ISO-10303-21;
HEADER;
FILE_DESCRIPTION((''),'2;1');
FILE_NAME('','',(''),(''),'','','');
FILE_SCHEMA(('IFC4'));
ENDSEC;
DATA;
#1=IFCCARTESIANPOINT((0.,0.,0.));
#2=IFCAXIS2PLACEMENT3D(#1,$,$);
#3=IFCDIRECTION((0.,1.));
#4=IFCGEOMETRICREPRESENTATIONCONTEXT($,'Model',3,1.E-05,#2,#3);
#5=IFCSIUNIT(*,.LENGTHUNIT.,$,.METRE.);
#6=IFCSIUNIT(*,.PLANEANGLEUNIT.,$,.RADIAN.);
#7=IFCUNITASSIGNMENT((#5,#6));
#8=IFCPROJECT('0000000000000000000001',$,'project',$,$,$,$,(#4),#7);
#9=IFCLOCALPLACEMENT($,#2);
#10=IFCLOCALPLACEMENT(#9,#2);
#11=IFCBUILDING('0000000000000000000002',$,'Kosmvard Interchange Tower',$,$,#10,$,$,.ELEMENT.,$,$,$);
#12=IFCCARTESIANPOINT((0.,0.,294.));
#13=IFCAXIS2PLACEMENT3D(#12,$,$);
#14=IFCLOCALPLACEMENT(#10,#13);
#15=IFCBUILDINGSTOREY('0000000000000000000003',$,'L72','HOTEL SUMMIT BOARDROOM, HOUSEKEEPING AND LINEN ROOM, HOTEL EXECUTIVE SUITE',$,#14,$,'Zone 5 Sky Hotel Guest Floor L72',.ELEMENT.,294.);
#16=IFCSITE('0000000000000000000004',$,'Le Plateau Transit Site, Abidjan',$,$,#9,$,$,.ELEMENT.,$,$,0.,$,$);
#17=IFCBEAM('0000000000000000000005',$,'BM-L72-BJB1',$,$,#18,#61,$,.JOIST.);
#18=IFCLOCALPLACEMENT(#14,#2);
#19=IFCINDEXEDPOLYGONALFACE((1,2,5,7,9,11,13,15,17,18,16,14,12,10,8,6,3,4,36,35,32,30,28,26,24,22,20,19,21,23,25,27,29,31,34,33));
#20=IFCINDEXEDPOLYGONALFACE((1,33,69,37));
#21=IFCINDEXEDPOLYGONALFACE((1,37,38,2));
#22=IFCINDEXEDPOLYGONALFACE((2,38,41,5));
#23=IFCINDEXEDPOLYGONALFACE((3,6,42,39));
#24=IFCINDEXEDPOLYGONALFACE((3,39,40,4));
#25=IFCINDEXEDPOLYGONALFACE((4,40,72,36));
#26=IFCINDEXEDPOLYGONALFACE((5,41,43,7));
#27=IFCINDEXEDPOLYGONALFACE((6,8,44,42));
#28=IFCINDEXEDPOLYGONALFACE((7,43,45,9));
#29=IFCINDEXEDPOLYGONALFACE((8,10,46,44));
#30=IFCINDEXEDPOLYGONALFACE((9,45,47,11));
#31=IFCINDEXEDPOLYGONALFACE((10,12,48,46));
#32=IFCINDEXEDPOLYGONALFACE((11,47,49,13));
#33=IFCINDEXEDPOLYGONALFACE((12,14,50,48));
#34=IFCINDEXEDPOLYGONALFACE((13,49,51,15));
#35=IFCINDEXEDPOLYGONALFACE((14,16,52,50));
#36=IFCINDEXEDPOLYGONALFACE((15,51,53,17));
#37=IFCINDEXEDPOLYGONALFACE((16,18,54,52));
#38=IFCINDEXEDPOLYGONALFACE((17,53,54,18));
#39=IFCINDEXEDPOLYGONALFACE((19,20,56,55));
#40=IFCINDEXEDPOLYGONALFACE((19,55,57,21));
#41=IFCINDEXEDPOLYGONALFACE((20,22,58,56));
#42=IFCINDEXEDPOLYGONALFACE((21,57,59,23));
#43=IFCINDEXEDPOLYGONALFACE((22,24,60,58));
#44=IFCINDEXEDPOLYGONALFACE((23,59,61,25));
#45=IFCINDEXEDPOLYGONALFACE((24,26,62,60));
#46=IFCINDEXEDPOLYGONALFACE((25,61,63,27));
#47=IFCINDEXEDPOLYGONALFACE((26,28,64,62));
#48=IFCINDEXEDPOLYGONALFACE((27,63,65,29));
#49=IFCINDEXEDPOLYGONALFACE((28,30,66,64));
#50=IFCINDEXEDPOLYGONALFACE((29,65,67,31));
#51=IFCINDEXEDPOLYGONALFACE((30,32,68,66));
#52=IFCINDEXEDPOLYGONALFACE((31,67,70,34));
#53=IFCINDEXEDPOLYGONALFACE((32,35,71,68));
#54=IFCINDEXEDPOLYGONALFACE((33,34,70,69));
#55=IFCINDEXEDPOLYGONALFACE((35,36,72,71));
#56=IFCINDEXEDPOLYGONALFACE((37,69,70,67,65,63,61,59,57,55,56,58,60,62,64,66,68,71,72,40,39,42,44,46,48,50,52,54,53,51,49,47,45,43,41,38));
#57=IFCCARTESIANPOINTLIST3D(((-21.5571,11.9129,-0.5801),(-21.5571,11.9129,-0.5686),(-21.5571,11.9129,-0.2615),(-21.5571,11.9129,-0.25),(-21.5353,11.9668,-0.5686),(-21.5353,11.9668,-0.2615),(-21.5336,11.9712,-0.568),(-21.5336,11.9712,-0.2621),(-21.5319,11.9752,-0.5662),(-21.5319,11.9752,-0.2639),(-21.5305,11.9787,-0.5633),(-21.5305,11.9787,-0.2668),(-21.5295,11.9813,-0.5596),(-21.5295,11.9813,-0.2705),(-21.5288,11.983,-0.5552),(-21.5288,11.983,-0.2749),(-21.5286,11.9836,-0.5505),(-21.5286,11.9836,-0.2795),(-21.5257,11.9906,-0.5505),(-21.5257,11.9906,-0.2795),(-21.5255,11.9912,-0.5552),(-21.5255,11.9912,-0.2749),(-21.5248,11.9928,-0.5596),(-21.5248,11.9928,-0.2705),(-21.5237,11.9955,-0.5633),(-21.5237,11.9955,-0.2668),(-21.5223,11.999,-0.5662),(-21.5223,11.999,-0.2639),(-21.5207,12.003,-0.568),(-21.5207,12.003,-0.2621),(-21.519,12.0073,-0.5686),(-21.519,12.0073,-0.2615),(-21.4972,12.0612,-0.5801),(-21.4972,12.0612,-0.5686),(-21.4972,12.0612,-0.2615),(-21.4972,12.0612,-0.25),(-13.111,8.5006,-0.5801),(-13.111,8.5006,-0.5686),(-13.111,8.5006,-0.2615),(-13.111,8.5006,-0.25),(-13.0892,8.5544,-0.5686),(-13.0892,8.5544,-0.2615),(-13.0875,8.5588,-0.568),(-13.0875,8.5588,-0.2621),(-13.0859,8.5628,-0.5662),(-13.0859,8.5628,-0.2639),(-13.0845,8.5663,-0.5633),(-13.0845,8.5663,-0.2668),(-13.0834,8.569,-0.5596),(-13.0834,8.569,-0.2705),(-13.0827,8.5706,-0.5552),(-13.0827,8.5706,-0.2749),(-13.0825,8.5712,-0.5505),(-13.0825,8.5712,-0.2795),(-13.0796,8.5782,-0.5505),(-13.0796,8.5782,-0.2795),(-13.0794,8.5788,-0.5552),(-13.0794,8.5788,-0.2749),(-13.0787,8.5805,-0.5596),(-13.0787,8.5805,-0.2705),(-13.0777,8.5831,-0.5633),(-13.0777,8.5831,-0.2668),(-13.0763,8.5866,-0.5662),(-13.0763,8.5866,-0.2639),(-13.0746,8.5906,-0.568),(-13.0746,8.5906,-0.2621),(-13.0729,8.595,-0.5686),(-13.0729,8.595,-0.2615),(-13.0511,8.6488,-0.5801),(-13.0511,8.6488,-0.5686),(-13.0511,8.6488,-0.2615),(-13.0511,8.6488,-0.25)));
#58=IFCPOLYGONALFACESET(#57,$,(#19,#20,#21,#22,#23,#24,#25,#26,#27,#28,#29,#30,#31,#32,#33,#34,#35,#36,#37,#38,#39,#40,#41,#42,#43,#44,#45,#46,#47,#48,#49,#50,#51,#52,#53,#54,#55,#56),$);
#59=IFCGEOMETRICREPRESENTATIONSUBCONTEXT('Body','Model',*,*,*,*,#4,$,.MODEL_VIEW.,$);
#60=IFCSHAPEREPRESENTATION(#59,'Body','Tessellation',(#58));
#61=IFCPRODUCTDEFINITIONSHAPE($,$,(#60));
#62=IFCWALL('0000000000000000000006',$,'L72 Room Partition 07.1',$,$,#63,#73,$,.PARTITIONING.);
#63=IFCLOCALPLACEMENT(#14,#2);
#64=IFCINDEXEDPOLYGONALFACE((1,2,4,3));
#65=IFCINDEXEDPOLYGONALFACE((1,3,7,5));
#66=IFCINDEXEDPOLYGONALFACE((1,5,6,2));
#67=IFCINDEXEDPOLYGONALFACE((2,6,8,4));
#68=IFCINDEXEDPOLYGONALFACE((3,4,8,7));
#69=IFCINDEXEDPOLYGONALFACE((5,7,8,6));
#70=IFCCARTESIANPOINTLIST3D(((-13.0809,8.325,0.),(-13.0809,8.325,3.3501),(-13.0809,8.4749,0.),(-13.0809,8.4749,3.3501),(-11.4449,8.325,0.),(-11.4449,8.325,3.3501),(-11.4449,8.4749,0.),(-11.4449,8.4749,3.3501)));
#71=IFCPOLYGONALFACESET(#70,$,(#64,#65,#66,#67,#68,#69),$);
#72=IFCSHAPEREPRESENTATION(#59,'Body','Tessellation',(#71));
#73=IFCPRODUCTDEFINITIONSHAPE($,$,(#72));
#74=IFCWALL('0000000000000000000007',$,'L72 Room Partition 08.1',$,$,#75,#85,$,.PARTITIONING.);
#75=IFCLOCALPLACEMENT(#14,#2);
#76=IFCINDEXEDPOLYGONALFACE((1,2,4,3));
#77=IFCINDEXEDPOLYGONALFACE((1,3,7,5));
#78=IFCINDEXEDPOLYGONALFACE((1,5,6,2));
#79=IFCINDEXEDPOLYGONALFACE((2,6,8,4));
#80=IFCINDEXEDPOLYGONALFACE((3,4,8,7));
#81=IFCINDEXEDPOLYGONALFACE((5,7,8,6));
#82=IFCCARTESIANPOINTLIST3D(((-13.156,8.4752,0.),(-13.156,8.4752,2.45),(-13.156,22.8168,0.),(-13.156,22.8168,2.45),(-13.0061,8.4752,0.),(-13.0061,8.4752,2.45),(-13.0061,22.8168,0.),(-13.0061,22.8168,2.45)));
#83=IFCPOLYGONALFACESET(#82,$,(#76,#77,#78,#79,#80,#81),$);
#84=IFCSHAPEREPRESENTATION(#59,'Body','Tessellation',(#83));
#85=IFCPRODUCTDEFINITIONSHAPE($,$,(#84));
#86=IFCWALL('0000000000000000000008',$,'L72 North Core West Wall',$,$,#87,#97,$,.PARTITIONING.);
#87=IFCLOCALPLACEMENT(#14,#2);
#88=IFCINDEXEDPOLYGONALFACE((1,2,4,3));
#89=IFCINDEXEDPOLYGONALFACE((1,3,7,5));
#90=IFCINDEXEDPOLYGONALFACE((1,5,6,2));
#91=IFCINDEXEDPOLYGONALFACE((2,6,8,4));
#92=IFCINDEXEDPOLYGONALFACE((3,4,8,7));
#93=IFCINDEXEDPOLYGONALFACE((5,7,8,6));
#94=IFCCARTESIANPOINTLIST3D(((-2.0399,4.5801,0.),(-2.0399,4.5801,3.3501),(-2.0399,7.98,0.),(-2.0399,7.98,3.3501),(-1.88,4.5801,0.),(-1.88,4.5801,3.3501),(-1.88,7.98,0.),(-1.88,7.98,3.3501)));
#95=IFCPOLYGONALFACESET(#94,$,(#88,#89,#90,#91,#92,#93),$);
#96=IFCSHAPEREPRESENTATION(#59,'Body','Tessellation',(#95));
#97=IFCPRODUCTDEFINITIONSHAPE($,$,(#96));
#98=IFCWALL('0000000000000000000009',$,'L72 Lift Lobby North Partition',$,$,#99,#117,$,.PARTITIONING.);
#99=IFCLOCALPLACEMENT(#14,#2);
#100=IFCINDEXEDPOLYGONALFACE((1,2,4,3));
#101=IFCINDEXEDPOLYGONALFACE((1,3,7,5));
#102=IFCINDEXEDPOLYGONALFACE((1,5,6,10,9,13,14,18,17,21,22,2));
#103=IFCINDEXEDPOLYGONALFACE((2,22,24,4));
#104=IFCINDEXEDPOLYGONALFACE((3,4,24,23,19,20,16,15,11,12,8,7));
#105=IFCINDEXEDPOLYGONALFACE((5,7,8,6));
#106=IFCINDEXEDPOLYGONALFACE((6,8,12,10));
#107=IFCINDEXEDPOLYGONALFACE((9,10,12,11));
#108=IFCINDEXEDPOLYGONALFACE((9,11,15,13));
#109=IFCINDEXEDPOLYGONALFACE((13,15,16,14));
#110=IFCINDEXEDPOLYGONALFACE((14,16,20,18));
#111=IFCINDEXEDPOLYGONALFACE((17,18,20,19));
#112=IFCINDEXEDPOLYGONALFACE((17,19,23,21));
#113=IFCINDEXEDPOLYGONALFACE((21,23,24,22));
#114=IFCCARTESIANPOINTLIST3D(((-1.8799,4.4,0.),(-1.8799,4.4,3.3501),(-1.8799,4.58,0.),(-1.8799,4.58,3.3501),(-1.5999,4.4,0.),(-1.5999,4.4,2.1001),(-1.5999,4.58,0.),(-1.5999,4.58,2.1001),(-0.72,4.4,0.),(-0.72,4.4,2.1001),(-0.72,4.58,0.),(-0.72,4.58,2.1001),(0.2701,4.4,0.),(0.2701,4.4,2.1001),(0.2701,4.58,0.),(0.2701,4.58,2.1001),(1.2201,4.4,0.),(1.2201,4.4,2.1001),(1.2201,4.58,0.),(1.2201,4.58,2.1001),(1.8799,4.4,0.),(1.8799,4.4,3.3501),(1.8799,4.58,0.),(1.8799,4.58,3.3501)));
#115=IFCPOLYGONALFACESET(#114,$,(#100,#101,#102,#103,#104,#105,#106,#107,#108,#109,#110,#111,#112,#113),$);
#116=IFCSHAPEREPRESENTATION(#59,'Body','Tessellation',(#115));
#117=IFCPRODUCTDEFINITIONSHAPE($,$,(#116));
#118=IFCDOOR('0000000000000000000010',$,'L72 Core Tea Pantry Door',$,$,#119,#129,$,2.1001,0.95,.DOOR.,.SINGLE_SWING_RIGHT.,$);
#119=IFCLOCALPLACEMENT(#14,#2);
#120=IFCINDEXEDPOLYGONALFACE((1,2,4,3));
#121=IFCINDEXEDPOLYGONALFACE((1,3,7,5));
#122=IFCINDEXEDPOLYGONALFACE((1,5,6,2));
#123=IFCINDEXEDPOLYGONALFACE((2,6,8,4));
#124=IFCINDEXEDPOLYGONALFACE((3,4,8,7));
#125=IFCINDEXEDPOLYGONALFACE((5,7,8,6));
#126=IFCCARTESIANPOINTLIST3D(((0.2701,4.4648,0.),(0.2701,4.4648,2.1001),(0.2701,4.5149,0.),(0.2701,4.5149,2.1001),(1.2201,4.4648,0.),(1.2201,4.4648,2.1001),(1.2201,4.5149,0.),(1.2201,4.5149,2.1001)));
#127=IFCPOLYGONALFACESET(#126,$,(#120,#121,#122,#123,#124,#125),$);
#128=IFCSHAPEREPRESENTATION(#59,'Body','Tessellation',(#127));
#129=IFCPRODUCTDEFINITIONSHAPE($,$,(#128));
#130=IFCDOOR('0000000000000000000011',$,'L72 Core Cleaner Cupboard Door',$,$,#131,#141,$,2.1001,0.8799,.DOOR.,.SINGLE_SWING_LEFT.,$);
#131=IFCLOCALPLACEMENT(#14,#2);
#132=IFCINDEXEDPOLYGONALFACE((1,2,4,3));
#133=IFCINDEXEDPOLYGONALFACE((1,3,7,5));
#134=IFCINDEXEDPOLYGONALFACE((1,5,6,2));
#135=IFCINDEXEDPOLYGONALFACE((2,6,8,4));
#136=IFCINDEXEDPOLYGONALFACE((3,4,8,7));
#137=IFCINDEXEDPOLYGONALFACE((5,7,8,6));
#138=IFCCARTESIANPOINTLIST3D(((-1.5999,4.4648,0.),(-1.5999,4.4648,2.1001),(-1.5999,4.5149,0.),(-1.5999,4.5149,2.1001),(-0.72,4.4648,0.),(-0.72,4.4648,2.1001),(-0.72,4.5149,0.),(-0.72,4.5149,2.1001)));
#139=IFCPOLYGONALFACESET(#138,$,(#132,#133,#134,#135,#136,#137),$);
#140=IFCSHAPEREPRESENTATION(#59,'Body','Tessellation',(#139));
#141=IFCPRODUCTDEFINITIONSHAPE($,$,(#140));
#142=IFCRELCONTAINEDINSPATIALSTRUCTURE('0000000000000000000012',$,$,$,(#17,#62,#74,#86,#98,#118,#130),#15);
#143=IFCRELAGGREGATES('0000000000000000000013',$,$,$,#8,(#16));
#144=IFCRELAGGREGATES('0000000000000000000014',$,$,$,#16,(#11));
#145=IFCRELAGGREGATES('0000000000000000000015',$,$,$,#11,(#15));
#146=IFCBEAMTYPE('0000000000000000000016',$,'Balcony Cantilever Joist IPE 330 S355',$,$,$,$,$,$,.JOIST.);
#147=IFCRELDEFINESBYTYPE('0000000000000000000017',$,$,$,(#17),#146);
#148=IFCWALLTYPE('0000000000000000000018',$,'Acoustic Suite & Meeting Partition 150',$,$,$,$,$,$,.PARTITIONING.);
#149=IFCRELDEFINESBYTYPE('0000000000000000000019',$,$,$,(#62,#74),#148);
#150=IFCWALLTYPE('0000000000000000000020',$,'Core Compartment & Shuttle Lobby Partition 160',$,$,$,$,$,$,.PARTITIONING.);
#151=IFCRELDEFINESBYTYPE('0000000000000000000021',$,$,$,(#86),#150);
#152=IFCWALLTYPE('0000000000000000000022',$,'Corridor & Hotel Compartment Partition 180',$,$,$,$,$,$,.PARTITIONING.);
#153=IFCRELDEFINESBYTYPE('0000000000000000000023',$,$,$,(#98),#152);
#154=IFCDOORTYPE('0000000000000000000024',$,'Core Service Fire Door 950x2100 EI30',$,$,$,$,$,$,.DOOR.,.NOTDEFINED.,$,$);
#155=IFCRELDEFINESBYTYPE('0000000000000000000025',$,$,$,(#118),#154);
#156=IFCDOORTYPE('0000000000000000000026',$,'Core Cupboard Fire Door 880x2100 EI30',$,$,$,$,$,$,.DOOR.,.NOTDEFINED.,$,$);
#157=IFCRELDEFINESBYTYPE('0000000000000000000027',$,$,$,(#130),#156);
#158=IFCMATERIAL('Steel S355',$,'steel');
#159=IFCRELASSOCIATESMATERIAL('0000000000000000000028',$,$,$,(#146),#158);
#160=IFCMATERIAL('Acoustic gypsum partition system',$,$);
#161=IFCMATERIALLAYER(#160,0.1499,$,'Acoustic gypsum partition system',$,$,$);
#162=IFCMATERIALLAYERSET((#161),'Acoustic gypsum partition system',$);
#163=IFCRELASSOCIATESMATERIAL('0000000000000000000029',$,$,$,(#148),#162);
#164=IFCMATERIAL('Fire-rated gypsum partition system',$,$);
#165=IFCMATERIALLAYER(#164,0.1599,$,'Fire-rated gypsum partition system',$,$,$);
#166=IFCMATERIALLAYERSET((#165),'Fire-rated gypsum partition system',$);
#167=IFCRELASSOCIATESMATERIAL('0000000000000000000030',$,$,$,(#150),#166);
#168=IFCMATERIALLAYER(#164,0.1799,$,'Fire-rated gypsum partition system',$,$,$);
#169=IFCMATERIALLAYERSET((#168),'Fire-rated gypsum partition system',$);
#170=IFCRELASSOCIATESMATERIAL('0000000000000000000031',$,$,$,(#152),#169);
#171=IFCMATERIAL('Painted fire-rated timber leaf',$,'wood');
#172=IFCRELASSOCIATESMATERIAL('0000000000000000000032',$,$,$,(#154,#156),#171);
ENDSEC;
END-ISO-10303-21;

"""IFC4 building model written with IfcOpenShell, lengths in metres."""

from ifc_helpers import new_model, si_unit, direction, frame, frame_2d, origin, origin_2d, place, context, subcontext, project, spatial, rectangle, i_section, extrude, source, transform, mapped, material, layer, layer_set, material_profile, profile_set, type_object, element, fill, save


model = new_model("IFC4")

# Units and contexts
model_context = context("Model", 3, precision=1e-05, world=origin(), true_north=direction((0.0, 1.0)))
body_context = subcontext(model_context, "Body", "Model", "MODEL_VIEW")
ifc_project = project(units=[si_unit("LENGTHUNIT", "METRE"), si_unit("PLANEANGLEUNIT", "RADIAN")], contexts=[model_context])

# Site, building, storey
site_placement = place(None, origin())
site = spatial("IfcSite", under=ifc_project, at=site_placement, Name="Le Plateau Transit Site, Abidjan", CompositionType="ELEMENT", RefElevation=0.0)
building_placement = place(site_placement, origin())
building = spatial("IfcBuilding", under=site, at=building_placement, Name="Kosmvard Interchange Tower", CompositionType="ELEMENT")
storey_placement = place(building_placement, frame((0.0, 0.0, 294.0)))
storey = spatial("IfcBuildingStorey", under=building, at=storey_placement, Name="L72", Description="HOTEL SUMMIT BOARDROOM, HOUSEKEEPING AND LINEN ROOM, HOTEL EXECUTIVE SUITE", LongName="Zone 5 Sky Hotel Guest Floor L72", CompositionType="ELEMENT", Elevation=294.0)

# Beam
ifc_material_1 = material(Name="Steel S355", Category="steel")
ifc_material_profile_1 = material_profile(ifc_material_1, i_section(OverallWidth=0.1599, OverallDepth=0.3301, WebThickness=0.0076, FlangeThickness=0.0115, FilletRadius=0.0181, at=origin_2d()), Name="IPE 330")
ifc_profile_set_1 = profile_set([ifc_material_profile_1], Name="Steel S355")
beam_type_1 = type_object("IfcBeamType", Name="Balcony Cantilever Joist IPE 330 S355", PredefinedType="JOIST", material=ifc_profile_set_1)
shared_shape_1 = source(origin(), body_context, "Body", "SweptSolid", [
    extrude(i_section(OverallWidth=0.1599, OverallDepth=0.3301, WebThickness=0.0076, FlangeThickness=0.0115, FilletRadius=0.0181, at=origin_2d()), origin(), (0.0, 0.0, 1.0), 9.1094),
])
beam_1_placement = place(storey_placement, frame((-13.0811, 8.5747, -0.415), z_axis=(-0.927187, 0.3746, 0.0), x_axis=(-0.3746, -0.927187, 0.0)))
element("IfcBeam", 1, at=beam_1_placement, inside=storey, type_object=beam_type_1, Name="BM-L72-BJB1", PredefinedType="JOIST", context=body_context, shape_type="MappedRepresentation", body=[
    mapped(shared_shape_1, transform((0.0, 0.0, 0.0), scale=1.0)),
])

# Walls
ifc_material_2 = material(Name="Acoustic gypsum partition system")
ifc_layer_1 = layer(ifc_material_2, 0.1499, Name="Acoustic gypsum partition system")
ifc_layer_set_1 = layer_set([ifc_layer_1], Name="Acoustic gypsum partition system")
wall_type_1 = type_object("IfcWallType", Name="Acoustic Suite & Meeting Partition 150", PredefinedType="PARTITIONING", material=ifc_layer_set_1)
wall_1_placement = place(storey_placement, frame((-11.4451, 8.3999, 0.0), z_axis=(0.0, 0.0, 1.0), x_axis=(-1.0, 0.0, 0.0)))
element("IfcWall", 2, at=wall_1_placement, inside=storey, type_object=wall_type_1, Name="L72 Room Partition 07.1", PredefinedType="PARTITIONING", context=body_context, shape_type="SweptSolid", body=[
    extrude(rectangle(XDim=1.636, YDim=0.1499, at=frame_2d((0.8179, 0.0))), origin(), (0.0, 0.0, 1.0), 3.3501),
])
wall_2_placement = place(storey_placement, frame((-13.0811, 8.4751, 0.0), z_axis=(0.0, 0.0, 1.0), x_axis=(0.0, 1.0, 0.0)))
element("IfcWall", 3, at=wall_2_placement, inside=storey, type_object=wall_type_1, Name="L72 Room Partition 08.1", PredefinedType="PARTITIONING", context=body_context, shape_type="SweptSolid", body=[
    extrude(rectangle(XDim=14.3416, YDim=0.1499, at=frame_2d((7.1709, 0.0))), origin(), (0.0, 0.0, 1.0), 2.45),
])
ifc_material_3 = material(Name="Fire-rated gypsum partition system")
ifc_layer_2 = layer(ifc_material_3, 0.1599, Name="Fire-rated gypsum partition system")
ifc_layer_set_2 = layer_set([ifc_layer_2], Name="Fire-rated gypsum partition system")
wall_type_2 = type_object("IfcWallType", Name="Core Compartment & Shuttle Lobby Partition 160", PredefinedType="PARTITIONING", material=ifc_layer_set_2)
wall_3_placement = place(storey_placement, frame((-1.96, 4.5801, 0.0), z_axis=(0.0, 0.0, 1.0), x_axis=(0.0, 1.0, 0.0)))
element("IfcWall", 4, at=wall_3_placement, inside=storey, type_object=wall_type_2, Name="L72 North Core West Wall", PredefinedType="PARTITIONING", context=body_context, shape_type="SweptSolid", body=[
    extrude(rectangle(XDim=3.3999, YDim=0.1599, at=frame_2d((1.7, 0.0))), origin(), (0.0, 0.0, 1.0), 3.3501),
])

# Wall, openings, doors
ifc_layer_3 = layer(ifc_material_3, 0.1799, Name="Fire-rated gypsum partition system")
ifc_layer_set_3 = layer_set([ifc_layer_3], Name="Fire-rated gypsum partition system")
wall_type_3 = type_object("IfcWallType", Name="Corridor & Hotel Compartment Partition 180", PredefinedType="PARTITIONING", material=ifc_layer_set_3)
wall_4_placement = place(storey_placement, frame((-1.8799, 4.49, 0.0), z_axis=(0.0, 0.0, 1.0), x_axis=(1.0, 0.0, 0.0)))
wall_4 = element("IfcWall", 5, at=wall_4_placement, inside=storey, type_object=wall_type_3, Name="L72 Lift Lobby North Partition", PredefinedType="PARTITIONING", context=body_context, shape_type="SweptSolid", body=[
    extrude(rectangle(XDim=3.7598, YDim=0.1799, at=frame_2d((1.8799, 0.0))), origin(), (0.0, 0.0, 1.0), 3.3501),
])
opening_1_placement = place(wall_4_placement, frame((0.28, 0.0, 0.0)))
opening_1 = element("IfcOpeningElement", 6, at=opening_1_placement, cuts=wall_4, PredefinedType="OPENING", context=body_context, shape_type="SweptSolid", body=[
    extrude(rectangle(XDim=0.8799, YDim=2.1001, at=frame_2d((0.4399, 1.05))), frame((0.0, 0.1001, 0.0), z_axis=(0.0, -1.0, 0.0), x_axis=(1.0, 0.0, 0.0)), (0.0, 0.0, 1.0), 0.2),
])
opening_2_placement = place(wall_4_placement, frame((2.1499, 0.0, 0.0)))
opening_2 = element("IfcOpeningElement", 7, at=opening_2_placement, cuts=wall_4, PredefinedType="OPENING", context=body_context, shape_type="SweptSolid", body=[
    extrude(rectangle(XDim=0.95, YDim=2.1001, at=frame_2d((0.4751, 1.05))), frame((0.0, 0.1001, 0.0), z_axis=(0.0, -1.0, 0.0), x_axis=(1.0, 0.0, 0.0)), (0.0, 0.0, 1.0), 0.2),
])
ifc_material_4 = material(Name="Painted fire-rated timber leaf", Category="wood")
door_type_1 = type_object("IfcDoorType", Name="Core Service Fire Door 950x2100 EI30", OperationType="NOTDEFINED", PredefinedType="DOOR", material=ifc_material_4)
shared_shape_2 = source(origin(), body_context, "Body", "SweptSolid", [
    extrude(rectangle(XDim=0.95, YDim=2.1001, at=frame_2d((0.4751, 1.05))), frame((0.0, 0.0249, 0.0), z_axis=(0.0, -1.0, 0.0), x_axis=(1.0, 0.0, 0.0)), (0.0, 0.0, 1.0), 0.05),
])
door_1_placement = place(opening_2_placement, origin())
door_1 = element("IfcDoor", 8, at=door_1_placement, inside=storey, type_object=door_type_1, Name="L72 Core Tea Pantry Door", OperationType="SINGLE_SWING_RIGHT", OverallHeight=2.1001, OverallWidth=0.95, PredefinedType="DOOR", context=body_context, shape_type="MappedRepresentation", body=[
    mapped(shared_shape_2, transform((0.0, 0.0, 0.0), scale=1.0)),
])
fill(opening_2, door_1)
door_type_2 = type_object("IfcDoorType", Name="Core Cupboard Fire Door 880x2100 EI30", OperationType="NOTDEFINED", PredefinedType="DOOR", material=ifc_material_4)
shared_shape_3 = source(origin(), body_context, "Body", "SweptSolid", [
    extrude(rectangle(XDim=0.8799, YDim=2.1001, at=frame_2d((0.4399, 1.05))), frame((0.0, 0.0249, 0.0), z_axis=(0.0, -1.0, 0.0), x_axis=(1.0, 0.0, 0.0)), (0.0, 0.0, 1.0), 0.05),
])
door_2_placement = place(opening_1_placement, origin())
door_2 = element("IfcDoor", 9, at=door_2_placement, inside=storey, type_object=door_type_2, Name="L72 Core Cleaner Cupboard Door", OperationType="SINGLE_SWING_LEFT", OverallHeight=2.1001, OverallWidth=0.8799, PredefinedType="DOOR", context=body_context, shape_type="MappedRepresentation", body=[
    mapped(shared_shape_3, transform((0.0, 0.0, 0.0), scale=1.0)),
])
fill(opening_1, door_2)

save(model, "model.ifc")
